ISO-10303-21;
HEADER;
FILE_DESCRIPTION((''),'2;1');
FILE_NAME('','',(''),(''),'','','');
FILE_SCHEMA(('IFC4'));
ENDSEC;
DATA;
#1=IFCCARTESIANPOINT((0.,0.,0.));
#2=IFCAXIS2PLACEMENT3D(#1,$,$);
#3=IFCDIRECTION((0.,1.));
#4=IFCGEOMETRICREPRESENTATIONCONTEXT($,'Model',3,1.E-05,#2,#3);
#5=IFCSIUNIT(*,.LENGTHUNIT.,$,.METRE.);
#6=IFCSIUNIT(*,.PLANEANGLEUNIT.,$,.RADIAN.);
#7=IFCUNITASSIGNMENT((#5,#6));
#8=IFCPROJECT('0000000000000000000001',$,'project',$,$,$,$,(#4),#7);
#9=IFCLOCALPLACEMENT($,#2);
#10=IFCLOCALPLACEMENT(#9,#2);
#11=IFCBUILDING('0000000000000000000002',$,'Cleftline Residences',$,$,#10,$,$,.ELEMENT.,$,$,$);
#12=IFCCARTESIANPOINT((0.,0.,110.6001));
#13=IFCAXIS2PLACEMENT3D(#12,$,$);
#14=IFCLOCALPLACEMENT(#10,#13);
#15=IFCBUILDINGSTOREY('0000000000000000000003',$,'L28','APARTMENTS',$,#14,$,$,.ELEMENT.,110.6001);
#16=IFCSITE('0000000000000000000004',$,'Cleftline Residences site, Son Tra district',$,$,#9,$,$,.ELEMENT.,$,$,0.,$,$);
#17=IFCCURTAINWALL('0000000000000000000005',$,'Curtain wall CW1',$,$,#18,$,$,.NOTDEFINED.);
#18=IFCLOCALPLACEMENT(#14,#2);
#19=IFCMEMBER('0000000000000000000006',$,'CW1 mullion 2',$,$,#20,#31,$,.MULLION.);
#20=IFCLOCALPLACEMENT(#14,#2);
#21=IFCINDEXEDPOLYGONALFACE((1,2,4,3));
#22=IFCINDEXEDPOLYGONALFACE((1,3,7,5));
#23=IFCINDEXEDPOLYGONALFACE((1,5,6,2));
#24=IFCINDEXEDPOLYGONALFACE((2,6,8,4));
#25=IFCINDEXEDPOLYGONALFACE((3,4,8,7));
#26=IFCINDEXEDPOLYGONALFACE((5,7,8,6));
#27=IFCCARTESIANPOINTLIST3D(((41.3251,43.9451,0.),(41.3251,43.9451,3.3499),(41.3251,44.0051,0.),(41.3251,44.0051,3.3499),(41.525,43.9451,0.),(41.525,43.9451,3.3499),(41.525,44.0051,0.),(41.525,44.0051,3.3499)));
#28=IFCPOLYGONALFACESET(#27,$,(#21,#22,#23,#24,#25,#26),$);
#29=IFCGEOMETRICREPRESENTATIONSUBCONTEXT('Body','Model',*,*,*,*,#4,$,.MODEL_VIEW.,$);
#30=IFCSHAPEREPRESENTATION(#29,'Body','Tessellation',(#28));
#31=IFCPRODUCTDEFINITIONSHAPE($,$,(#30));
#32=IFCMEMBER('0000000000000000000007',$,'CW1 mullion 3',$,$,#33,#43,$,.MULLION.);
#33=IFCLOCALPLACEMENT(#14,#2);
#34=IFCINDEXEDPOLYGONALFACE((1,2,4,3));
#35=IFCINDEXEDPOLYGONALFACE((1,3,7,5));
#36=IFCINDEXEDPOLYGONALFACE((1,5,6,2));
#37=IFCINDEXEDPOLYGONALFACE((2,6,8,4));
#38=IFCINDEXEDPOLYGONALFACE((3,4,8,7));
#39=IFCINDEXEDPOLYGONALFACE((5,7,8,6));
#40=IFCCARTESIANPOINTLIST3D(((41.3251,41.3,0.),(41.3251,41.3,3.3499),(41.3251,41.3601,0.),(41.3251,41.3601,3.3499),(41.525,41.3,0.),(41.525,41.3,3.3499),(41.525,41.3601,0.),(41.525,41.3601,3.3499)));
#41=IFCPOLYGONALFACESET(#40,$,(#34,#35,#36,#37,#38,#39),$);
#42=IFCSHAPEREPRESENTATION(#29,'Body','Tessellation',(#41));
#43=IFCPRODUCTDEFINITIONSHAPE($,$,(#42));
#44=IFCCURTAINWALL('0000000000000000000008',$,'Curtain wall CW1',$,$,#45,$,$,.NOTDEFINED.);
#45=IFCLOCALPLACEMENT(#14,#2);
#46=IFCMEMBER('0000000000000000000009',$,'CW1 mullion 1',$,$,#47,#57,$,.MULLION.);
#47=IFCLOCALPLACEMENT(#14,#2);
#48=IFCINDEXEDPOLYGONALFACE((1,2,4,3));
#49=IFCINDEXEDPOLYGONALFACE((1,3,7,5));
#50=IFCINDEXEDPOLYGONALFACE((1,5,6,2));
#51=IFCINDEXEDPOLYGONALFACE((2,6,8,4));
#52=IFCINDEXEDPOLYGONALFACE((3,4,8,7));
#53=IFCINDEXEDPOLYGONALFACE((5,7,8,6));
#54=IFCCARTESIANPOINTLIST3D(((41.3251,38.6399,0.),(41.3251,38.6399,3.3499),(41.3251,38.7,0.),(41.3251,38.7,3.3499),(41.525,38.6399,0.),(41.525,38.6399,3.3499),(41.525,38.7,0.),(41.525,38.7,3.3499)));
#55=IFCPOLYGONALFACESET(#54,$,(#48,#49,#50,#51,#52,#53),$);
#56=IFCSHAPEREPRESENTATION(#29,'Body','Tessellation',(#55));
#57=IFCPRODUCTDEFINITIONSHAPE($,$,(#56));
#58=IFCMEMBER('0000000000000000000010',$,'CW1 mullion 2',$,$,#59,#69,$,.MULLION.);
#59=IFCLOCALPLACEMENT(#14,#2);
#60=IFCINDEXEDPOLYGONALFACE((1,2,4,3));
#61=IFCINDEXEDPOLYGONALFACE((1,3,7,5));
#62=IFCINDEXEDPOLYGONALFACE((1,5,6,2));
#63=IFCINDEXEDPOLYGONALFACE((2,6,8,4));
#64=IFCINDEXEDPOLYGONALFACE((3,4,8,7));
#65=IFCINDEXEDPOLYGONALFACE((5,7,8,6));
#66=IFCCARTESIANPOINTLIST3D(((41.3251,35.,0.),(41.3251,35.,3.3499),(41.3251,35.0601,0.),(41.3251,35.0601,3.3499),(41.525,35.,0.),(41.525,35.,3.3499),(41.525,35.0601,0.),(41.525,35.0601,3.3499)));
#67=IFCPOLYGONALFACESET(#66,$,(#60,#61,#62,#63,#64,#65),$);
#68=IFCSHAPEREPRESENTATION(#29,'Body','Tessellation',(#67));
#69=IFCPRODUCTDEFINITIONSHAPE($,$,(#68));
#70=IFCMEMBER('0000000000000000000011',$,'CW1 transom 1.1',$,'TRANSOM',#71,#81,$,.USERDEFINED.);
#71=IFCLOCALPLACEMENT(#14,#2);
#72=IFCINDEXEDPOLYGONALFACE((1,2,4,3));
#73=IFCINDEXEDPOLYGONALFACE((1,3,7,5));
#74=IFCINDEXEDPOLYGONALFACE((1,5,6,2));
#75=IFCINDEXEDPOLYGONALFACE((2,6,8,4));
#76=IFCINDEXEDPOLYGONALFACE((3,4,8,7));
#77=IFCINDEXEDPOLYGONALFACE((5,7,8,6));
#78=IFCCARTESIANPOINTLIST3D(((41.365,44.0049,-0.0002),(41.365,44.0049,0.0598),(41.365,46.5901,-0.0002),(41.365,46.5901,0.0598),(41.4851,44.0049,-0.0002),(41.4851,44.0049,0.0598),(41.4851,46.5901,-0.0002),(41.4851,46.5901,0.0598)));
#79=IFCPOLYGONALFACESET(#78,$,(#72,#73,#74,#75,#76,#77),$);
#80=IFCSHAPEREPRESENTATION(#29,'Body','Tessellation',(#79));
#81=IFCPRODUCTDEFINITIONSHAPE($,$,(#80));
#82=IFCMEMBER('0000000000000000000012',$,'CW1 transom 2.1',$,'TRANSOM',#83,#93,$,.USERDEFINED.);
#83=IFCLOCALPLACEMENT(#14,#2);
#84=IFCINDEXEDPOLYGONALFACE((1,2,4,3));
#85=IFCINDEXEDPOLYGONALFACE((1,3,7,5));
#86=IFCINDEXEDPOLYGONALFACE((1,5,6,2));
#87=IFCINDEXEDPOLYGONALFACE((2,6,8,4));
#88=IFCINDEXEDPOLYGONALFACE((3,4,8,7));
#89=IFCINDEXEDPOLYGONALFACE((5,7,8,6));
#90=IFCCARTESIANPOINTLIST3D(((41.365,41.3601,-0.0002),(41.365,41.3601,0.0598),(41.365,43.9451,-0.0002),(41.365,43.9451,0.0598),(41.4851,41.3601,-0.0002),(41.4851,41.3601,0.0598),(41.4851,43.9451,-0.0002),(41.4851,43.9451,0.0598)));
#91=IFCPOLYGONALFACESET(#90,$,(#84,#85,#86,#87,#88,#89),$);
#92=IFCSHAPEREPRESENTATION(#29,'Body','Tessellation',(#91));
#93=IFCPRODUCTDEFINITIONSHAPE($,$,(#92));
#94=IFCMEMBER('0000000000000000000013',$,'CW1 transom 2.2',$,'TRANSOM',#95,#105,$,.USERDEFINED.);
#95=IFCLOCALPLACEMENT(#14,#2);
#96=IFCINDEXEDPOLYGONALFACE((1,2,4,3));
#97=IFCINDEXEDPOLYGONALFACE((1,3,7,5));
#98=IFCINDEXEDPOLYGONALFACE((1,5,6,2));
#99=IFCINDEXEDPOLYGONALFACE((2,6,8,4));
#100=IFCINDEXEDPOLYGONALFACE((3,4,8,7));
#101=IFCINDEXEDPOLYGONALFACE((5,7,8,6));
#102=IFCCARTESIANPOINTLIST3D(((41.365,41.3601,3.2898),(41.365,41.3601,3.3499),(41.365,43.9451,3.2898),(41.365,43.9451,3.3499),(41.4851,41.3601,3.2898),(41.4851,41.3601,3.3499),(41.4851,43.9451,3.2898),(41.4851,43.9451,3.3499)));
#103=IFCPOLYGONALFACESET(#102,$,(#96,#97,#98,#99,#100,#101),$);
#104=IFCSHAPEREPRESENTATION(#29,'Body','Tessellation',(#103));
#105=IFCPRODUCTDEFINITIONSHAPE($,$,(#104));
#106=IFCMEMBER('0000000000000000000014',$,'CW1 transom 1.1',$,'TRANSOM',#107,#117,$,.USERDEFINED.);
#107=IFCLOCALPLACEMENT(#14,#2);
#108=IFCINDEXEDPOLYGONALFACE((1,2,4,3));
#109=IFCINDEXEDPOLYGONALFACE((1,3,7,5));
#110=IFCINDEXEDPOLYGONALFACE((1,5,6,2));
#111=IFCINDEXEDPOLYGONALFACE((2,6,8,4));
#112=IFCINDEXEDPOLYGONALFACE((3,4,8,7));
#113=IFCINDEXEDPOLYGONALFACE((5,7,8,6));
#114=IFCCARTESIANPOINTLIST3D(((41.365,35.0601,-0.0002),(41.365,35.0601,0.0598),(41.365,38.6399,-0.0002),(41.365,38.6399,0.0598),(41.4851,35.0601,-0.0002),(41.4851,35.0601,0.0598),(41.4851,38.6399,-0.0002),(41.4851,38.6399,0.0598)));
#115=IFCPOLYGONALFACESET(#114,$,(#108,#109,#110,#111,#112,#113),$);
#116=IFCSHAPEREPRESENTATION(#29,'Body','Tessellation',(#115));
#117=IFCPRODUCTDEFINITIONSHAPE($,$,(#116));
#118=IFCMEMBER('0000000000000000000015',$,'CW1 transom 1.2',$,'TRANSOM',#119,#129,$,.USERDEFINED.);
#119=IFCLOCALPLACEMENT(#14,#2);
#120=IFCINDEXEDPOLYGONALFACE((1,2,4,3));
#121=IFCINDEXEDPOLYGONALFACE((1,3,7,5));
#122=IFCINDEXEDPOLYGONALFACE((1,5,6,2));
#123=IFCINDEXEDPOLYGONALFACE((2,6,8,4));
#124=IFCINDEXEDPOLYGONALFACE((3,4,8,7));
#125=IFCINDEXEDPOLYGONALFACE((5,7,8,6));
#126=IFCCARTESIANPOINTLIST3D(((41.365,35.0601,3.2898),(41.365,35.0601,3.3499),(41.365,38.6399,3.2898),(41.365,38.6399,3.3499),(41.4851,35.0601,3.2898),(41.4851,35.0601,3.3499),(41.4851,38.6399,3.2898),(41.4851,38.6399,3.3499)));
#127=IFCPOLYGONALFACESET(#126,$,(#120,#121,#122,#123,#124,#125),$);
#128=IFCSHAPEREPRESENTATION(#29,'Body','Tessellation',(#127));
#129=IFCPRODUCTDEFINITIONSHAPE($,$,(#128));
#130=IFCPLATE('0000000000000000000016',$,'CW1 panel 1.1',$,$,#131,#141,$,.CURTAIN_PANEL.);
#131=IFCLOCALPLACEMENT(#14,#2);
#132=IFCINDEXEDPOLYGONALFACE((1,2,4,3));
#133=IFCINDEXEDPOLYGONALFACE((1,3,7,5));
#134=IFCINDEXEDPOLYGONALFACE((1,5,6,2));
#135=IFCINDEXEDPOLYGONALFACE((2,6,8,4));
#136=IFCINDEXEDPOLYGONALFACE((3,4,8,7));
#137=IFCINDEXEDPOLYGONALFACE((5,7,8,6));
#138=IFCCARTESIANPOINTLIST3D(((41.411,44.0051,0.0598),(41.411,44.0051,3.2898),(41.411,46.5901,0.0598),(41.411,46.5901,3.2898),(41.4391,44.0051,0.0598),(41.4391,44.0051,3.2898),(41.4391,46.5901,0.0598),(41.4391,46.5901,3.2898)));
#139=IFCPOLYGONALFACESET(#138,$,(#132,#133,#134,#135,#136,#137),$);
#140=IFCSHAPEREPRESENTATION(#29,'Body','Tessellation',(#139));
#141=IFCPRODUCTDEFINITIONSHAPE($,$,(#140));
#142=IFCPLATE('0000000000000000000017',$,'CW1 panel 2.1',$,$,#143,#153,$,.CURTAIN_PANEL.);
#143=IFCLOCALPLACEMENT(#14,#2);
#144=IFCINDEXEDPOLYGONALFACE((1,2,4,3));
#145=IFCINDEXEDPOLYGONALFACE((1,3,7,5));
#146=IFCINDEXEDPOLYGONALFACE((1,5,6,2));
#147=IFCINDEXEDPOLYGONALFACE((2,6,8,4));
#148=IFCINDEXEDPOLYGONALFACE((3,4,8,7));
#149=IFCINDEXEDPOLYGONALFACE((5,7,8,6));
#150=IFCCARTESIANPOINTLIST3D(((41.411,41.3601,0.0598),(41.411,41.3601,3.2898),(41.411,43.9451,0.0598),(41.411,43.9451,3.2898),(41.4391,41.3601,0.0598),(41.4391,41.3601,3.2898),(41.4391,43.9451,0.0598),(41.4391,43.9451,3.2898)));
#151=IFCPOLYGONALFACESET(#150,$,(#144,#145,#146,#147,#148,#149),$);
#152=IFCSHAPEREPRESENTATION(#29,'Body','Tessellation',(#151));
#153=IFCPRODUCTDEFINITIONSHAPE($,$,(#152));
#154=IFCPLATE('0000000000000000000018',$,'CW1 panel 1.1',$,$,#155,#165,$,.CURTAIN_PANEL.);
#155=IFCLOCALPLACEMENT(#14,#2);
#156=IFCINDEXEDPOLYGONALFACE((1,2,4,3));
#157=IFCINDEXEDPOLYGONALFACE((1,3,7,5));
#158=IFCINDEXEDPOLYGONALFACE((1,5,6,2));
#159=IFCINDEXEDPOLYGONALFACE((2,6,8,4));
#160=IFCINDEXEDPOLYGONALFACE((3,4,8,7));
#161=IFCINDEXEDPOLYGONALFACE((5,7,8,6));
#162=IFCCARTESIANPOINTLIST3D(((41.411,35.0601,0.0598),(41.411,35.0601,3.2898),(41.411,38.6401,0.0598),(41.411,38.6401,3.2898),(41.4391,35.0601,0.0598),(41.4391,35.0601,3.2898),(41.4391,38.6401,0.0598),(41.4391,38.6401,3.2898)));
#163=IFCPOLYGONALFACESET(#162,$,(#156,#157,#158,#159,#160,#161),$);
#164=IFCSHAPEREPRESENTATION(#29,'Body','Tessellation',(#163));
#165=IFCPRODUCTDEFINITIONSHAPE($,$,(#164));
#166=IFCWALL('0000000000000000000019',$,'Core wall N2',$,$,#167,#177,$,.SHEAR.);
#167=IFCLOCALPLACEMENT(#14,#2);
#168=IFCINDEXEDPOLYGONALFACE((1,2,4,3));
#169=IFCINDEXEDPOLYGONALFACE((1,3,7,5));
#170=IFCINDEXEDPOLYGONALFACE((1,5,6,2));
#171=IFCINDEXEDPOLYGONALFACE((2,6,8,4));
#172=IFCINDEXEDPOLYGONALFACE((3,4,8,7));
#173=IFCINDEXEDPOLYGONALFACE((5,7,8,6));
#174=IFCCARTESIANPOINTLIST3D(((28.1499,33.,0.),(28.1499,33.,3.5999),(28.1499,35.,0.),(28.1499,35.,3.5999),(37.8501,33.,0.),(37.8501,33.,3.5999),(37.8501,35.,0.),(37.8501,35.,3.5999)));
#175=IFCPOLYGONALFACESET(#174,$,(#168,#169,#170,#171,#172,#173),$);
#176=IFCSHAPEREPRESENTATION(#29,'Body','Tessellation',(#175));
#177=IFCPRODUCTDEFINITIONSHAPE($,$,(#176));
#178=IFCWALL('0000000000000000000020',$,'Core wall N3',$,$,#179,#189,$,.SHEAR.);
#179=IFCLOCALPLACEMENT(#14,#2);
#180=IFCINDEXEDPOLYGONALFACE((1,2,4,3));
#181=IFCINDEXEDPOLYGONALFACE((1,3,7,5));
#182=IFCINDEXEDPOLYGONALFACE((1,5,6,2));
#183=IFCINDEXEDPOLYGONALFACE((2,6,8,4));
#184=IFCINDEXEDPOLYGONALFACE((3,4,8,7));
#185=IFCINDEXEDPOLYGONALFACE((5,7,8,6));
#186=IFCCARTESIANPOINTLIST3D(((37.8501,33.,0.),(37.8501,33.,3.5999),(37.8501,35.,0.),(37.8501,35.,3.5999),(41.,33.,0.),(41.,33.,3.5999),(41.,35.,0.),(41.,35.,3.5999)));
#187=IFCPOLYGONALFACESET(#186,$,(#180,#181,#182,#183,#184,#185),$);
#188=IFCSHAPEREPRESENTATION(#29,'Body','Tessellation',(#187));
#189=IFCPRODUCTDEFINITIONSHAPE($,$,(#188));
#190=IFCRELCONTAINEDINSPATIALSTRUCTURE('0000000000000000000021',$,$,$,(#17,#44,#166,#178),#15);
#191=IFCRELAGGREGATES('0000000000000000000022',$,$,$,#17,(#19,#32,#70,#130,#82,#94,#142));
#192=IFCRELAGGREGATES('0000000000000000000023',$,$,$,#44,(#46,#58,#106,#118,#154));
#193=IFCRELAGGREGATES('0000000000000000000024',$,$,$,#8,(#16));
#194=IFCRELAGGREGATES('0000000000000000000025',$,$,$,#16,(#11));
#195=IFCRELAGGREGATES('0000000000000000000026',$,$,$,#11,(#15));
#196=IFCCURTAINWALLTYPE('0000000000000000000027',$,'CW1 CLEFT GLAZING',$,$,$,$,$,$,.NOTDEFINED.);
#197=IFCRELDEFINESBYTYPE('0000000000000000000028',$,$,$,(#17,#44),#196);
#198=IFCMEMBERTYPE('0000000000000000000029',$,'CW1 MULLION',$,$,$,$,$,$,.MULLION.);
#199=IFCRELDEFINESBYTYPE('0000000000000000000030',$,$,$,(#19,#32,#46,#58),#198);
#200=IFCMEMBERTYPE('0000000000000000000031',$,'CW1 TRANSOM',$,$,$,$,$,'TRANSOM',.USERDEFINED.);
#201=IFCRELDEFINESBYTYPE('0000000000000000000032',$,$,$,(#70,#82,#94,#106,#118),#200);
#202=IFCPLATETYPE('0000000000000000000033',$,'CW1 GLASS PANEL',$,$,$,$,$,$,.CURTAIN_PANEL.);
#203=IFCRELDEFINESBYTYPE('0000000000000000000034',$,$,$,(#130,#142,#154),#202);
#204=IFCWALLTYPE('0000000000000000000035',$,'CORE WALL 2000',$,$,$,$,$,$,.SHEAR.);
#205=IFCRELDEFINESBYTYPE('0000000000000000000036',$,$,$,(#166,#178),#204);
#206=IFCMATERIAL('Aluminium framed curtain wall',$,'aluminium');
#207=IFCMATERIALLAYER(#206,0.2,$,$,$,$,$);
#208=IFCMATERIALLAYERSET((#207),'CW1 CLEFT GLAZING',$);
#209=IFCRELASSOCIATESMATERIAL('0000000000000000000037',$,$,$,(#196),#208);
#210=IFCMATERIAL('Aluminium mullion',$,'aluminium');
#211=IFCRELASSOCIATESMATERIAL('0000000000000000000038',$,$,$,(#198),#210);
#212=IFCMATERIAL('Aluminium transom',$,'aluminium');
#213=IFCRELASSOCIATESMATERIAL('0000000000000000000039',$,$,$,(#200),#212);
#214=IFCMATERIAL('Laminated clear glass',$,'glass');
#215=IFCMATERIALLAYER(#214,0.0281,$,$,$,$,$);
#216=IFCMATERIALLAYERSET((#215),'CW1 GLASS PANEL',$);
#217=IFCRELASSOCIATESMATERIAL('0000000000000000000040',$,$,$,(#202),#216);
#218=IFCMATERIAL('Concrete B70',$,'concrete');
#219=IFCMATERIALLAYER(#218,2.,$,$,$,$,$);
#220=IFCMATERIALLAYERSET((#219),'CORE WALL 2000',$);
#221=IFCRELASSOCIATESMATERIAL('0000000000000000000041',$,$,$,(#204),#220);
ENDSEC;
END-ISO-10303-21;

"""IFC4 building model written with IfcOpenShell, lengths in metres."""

from ifc_helpers import new_model, si_unit, direction, frame, frame_2d, origin, origin_2d, place, context, subcontext, project, spatial, rectangle, extrude, material, layer, layer_set, material_profile, profile_set, type_object, element, aggregate, save


model = new_model("IFC4")

# Units and contexts
model_context = context("Model", 3, precision=1e-05, world=origin(), true_north=direction((0.0, 1.0)))
body_context = subcontext(model_context, "Body", "Model", "MODEL_VIEW")
ifc_project = project(units=[si_unit("LENGTHUNIT", "METRE"), si_unit("PLANEANGLEUNIT", "RADIAN")], contexts=[model_context])

# Site, building, storey
site_placement = place(None, origin())
site = spatial("IfcSite", under=ifc_project, at=site_placement, Name="Cleftline Residences site, Son Tra district", CompositionType="ELEMENT", RefElevation=0.0)
building_placement = place(site_placement, origin())
building = spatial("IfcBuilding", under=site, at=building_placement, Name="Cleftline Residences", CompositionType="ELEMENT")
storey_placement = place(building_placement, frame((0.0, 0.0, 110.6001)))
storey = spatial("IfcBuildingStorey", under=building, at=storey_placement, Name="L28", Description="APARTMENTS", CompositionType="ELEMENT", Elevation=110.6001)

# Curtain walls, members
ifc_material_1 = material(Name="Aluminium framed curtain wall", Category="aluminium")
ifc_layer_1 = layer(ifc_material_1, 0.2)
ifc_layer_set_1 = layer_set([ifc_layer_1], Name="CW1 CLEFT GLAZING")
curtain_wall_type = type_object("IfcCurtainWallType", Name="CW1 CLEFT GLAZING", PredefinedType="NOTDEFINED", material=ifc_layer_set_1)
curtain_wall_1_placement = place(storey_placement, origin())
curtain_wall_1 = element("IfcCurtainWall", 1, at=curtain_wall_1_placement, inside=storey, type_object=curtain_wall_type, Name="Curtain wall CW1", PredefinedType="NOTDEFINED")
ifc_material_2 = material(Name="Aluminium mullion", Category="aluminium")
ifc_material_profile_1 = material_profile(ifc_material_2, rectangle(XDim=0.2, YDim=0.0601, at=origin_2d()))
ifc_profile_set_1 = profile_set([ifc_material_profile_1], Name="Aluminium mullion")
member_type_1 = type_object("IfcMemberType", Name="CW1 MULLION", PredefinedType="MULLION", material=ifc_profile_set_1)
member_1_placement = place(storey_placement, frame((41.425, 43.9751, 0.0), z_axis=(0.0, 0.0, 1.0), x_axis=(1.0, 0.0, 0.0)))
member_1 = element("IfcMember", 2, at=member_1_placement, type_object=member_type_1, Name="CW1 mullion 2", PredefinedType="MULLION", context=body_context, shape_type="SweptSolid", body=[
    extrude(rectangle(XDim=0.2, YDim=0.0601, at=origin_2d()), origin(), (0.0, 0.0, 1.0), 3.3499),
])
member_2_placement = place(storey_placement, frame((41.425, 41.3301, 0.0), z_axis=(0.0, 0.0, 1.0), x_axis=(1.0, 0.0, 0.0)))
member_2 = element("IfcMember", 3, at=member_2_placement, type_object=member_type_1, Name="CW1 mullion 3", PredefinedType="MULLION", context=body_context, shape_type="SweptSolid", body=[
    extrude(rectangle(XDim=0.2, YDim=0.0601, at=origin_2d()), origin(), (0.0, 0.0, 1.0), 3.3499),
])
curtain_wall_2_placement = place(storey_placement, origin())
curtain_wall_2 = element("IfcCurtainWall", 4, at=curtain_wall_2_placement, inside=storey, type_object=curtain_wall_type, Name="Curtain wall CW1", PredefinedType="NOTDEFINED")
member_3_placement = place(storey_placement, frame((41.425, 38.6699, 0.0), z_axis=(0.0, 0.0, 1.0), x_axis=(1.0, 0.0, 0.0)))
member_3 = element("IfcMember", 5, at=member_3_placement, type_object=member_type_1, Name="CW1 mullion 1", PredefinedType="MULLION", context=body_context, shape_type="SweptSolid", body=[
    extrude(rectangle(XDim=0.2, YDim=0.0601, at=origin_2d()), origin(), (0.0, 0.0, 1.0), 3.3499),
])
member_4_placement = place(storey_placement, frame((41.425, 35.03, 0.0), z_axis=(0.0, 0.0, 1.0), x_axis=(1.0, 0.0, 0.0)))
member_4 = element("IfcMember", 6, at=member_4_placement, type_object=member_type_1, Name="CW1 mullion 2", PredefinedType="MULLION", context=body_context, shape_type="SweptSolid", body=[
    extrude(rectangle(XDim=0.2, YDim=0.0601, at=origin_2d()), origin(), (0.0, 0.0, 1.0), 3.3499),
])

# Members
ifc_material_3 = material(Name="Aluminium transom", Category="aluminium")
ifc_material_profile_2 = material_profile(ifc_material_3, rectangle(XDim=0.1201, YDim=0.0601, at=origin_2d()))
ifc_profile_set_2 = profile_set([ifc_material_profile_2], Name="Aluminium transom")
member_type_2 = type_object("IfcMemberType", Name="CW1 TRANSOM", ElementType="TRANSOM", PredefinedType="USERDEFINED", material=ifc_profile_set_2)
member_5_placement = place(storey_placement, frame((41.425, 46.5901, 0.0298), z_axis=(0.0, -1.0, 0.0), x_axis=(1.0, 0.0, 0.0)))
member_5 = element("IfcMember", 7, at=member_5_placement, type_object=member_type_2, Name="CW1 transom 1.1", ObjectType="TRANSOM", PredefinedType="USERDEFINED", context=body_context, shape_type="SweptSolid", body=[
    extrude(rectangle(XDim=0.1201, YDim=0.0601, at=origin_2d()), origin(), (0.0, 0.0, 1.0), 2.5852),
])
member_6_placement = place(storey_placement, frame((41.425, 43.9451, 0.0298), z_axis=(0.0, -1.0, 0.0), x_axis=(1.0, 0.0, 0.0)))
member_6 = element("IfcMember", 8, at=member_6_placement, type_object=member_type_2, Name="CW1 transom 2.1", ObjectType="TRANSOM", PredefinedType="USERDEFINED", context=body_context, shape_type="SweptSolid", body=[
    extrude(rectangle(XDim=0.1201, YDim=0.0601, at=origin_2d()), origin(), (0.0, 0.0, 1.0), 2.585),
])
member_7_placement = place(storey_placement, frame((41.425, 43.9451, 3.3198), z_axis=(0.0, -1.0, 0.0), x_axis=(1.0, 0.0, 0.0)))
member_7 = element("IfcMember", 9, at=member_7_placement, type_object=member_type_2, Name="CW1 transom 2.2", ObjectType="TRANSOM", PredefinedType="USERDEFINED", context=body_context, shape_type="SweptSolid", body=[
    extrude(rectangle(XDim=0.1201, YDim=0.0601, at=origin_2d()), origin(), (0.0, 0.0, 1.0), 2.585),
])
member_8_placement = place(storey_placement, frame((41.425, 38.6399, 0.0298), z_axis=(0.0, -1.0, 0.0), x_axis=(1.0, 0.0, 0.0)))
member_8 = element("IfcMember", 10, at=member_8_placement, type_object=member_type_2, Name="CW1 transom 1.1", ObjectType="TRANSOM", PredefinedType="USERDEFINED", context=body_context, shape_type="SweptSolid", body=[
    extrude(rectangle(XDim=0.1201, YDim=0.0601, at=origin_2d()), origin(), (0.0, 0.0, 1.0), 3.5798),
])
member_9_placement = place(storey_placement, frame((41.425, 38.6399, 3.3198), z_axis=(0.0, -1.0, 0.0), x_axis=(1.0, 0.0, 0.0)))
member_9 = element("IfcMember", 11, at=member_9_placement, type_object=member_type_2, Name="CW1 transom 1.2", ObjectType="TRANSOM", PredefinedType="USERDEFINED", context=body_context, shape_type="SweptSolid", body=[
    extrude(rectangle(XDim=0.1201, YDim=0.0601, at=origin_2d()), origin(), (0.0, 0.0, 1.0), 3.5798),
])

# Plates
ifc_material_4 = material(Name="Laminated clear glass", Category="glass")
ifc_layer_2 = layer(ifc_material_4, 0.0281)
ifc_layer_set_2 = layer_set([ifc_layer_2], Name="CW1 GLASS PANEL")
plate_type = type_object("IfcPlateType", Name="CW1 GLASS PANEL", PredefinedType="CURTAIN_PANEL", material=ifc_layer_set_2)
plate_1_placement = place(storey_placement, frame((41.425, 45.2976, 0.0598), z_axis=(0.0, 0.0, 1.0), x_axis=(0.0, -1.0, 0.0)))
plate_1 = element("IfcPlate", 12, at=plate_1_placement, type_object=plate_type, Name="CW1 panel 1.1", PredefinedType="CURTAIN_PANEL", context=body_context, shape_type="SweptSolid", body=[
    extrude(rectangle(XDim=2.585, YDim=0.0281, at=origin_2d()), origin(), (0.0, 0.0, 1.0), 3.23),
])
plate_2_placement = place(storey_placement, frame((41.425, 42.6526, 0.0598), z_axis=(0.0, 0.0, 1.0), x_axis=(0.0, -1.0, 0.0)))
plate_2 = element("IfcPlate", 13, at=plate_2_placement, type_object=plate_type, Name="CW1 panel 2.1", PredefinedType="CURTAIN_PANEL", context=body_context, shape_type="SweptSolid", body=[
    extrude(rectangle(XDim=2.585, YDim=0.0281, at=origin_2d()), origin(), (0.0, 0.0, 1.0), 3.23),
])
aggregate(curtain_wall_1, [member_1, member_2, member_5, plate_1, member_6, member_7, plate_2])
plate_3_placement = place(storey_placement, frame((41.425, 36.8501, 0.0598), z_axis=(0.0, 0.0, 1.0), x_axis=(0.0, -1.0, 0.0)))
plate_3 = element("IfcPlate", 14, at=plate_3_placement, type_object=plate_type, Name="CW1 panel 1.1", PredefinedType="CURTAIN_PANEL", context=body_context, shape_type="SweptSolid", body=[
    extrude(rectangle(XDim=3.5801, YDim=0.0281, at=origin_2d()), origin(), (0.0, 0.0, 1.0), 3.23),
])
aggregate(curtain_wall_2, [member_3, member_4, member_8, member_9, plate_3])

# Walls
ifc_material_5 = material(Name="Concrete B70", Category="concrete")
ifc_layer_3 = layer(ifc_material_5, 2.0)
ifc_layer_set_3 = layer_set([ifc_layer_3], Name="CORE WALL 2000")
wall_type_1 = type_object("IfcWallType", Name="CORE WALL 2000", PredefinedType="SHEAR", material=ifc_layer_set_3)
wall_1_placement = place(storey_placement, frame((28.1499, 34.0, 0.0), z_axis=(0.0, 0.0, 1.0), x_axis=(1.0, 0.0, 0.0)))
element("IfcWall", 15, at=wall_1_placement, inside=storey, type_object=wall_type_1, Name="Core wall N2", PredefinedType="SHEAR", context=body_context, shape_type="SweptSolid", body=[
    extrude(rectangle(XDim=9.7002, YDim=2.0, at=frame_2d((4.8501, 0.0))), origin(), (0.0, 0.0, 1.0), 3.5999),
])
wall_2_placement = place(storey_placement, frame((37.8501, 34.0, 0.0), z_axis=(0.0, 0.0, 1.0), x_axis=(1.0, 0.0, 0.0)))
element("IfcWall", 16, at=wall_2_placement, inside=storey, type_object=wall_type_1, Name="Core wall N3", PredefinedType="SHEAR", context=body_context, shape_type="SweptSolid", body=[
    extrude(rectangle(XDim=3.1499, YDim=2.0, at=frame_2d((1.575, 0.0))), origin(), (0.0, 0.0, 1.0), 3.5999),
])

save(model, "model.ifc")
